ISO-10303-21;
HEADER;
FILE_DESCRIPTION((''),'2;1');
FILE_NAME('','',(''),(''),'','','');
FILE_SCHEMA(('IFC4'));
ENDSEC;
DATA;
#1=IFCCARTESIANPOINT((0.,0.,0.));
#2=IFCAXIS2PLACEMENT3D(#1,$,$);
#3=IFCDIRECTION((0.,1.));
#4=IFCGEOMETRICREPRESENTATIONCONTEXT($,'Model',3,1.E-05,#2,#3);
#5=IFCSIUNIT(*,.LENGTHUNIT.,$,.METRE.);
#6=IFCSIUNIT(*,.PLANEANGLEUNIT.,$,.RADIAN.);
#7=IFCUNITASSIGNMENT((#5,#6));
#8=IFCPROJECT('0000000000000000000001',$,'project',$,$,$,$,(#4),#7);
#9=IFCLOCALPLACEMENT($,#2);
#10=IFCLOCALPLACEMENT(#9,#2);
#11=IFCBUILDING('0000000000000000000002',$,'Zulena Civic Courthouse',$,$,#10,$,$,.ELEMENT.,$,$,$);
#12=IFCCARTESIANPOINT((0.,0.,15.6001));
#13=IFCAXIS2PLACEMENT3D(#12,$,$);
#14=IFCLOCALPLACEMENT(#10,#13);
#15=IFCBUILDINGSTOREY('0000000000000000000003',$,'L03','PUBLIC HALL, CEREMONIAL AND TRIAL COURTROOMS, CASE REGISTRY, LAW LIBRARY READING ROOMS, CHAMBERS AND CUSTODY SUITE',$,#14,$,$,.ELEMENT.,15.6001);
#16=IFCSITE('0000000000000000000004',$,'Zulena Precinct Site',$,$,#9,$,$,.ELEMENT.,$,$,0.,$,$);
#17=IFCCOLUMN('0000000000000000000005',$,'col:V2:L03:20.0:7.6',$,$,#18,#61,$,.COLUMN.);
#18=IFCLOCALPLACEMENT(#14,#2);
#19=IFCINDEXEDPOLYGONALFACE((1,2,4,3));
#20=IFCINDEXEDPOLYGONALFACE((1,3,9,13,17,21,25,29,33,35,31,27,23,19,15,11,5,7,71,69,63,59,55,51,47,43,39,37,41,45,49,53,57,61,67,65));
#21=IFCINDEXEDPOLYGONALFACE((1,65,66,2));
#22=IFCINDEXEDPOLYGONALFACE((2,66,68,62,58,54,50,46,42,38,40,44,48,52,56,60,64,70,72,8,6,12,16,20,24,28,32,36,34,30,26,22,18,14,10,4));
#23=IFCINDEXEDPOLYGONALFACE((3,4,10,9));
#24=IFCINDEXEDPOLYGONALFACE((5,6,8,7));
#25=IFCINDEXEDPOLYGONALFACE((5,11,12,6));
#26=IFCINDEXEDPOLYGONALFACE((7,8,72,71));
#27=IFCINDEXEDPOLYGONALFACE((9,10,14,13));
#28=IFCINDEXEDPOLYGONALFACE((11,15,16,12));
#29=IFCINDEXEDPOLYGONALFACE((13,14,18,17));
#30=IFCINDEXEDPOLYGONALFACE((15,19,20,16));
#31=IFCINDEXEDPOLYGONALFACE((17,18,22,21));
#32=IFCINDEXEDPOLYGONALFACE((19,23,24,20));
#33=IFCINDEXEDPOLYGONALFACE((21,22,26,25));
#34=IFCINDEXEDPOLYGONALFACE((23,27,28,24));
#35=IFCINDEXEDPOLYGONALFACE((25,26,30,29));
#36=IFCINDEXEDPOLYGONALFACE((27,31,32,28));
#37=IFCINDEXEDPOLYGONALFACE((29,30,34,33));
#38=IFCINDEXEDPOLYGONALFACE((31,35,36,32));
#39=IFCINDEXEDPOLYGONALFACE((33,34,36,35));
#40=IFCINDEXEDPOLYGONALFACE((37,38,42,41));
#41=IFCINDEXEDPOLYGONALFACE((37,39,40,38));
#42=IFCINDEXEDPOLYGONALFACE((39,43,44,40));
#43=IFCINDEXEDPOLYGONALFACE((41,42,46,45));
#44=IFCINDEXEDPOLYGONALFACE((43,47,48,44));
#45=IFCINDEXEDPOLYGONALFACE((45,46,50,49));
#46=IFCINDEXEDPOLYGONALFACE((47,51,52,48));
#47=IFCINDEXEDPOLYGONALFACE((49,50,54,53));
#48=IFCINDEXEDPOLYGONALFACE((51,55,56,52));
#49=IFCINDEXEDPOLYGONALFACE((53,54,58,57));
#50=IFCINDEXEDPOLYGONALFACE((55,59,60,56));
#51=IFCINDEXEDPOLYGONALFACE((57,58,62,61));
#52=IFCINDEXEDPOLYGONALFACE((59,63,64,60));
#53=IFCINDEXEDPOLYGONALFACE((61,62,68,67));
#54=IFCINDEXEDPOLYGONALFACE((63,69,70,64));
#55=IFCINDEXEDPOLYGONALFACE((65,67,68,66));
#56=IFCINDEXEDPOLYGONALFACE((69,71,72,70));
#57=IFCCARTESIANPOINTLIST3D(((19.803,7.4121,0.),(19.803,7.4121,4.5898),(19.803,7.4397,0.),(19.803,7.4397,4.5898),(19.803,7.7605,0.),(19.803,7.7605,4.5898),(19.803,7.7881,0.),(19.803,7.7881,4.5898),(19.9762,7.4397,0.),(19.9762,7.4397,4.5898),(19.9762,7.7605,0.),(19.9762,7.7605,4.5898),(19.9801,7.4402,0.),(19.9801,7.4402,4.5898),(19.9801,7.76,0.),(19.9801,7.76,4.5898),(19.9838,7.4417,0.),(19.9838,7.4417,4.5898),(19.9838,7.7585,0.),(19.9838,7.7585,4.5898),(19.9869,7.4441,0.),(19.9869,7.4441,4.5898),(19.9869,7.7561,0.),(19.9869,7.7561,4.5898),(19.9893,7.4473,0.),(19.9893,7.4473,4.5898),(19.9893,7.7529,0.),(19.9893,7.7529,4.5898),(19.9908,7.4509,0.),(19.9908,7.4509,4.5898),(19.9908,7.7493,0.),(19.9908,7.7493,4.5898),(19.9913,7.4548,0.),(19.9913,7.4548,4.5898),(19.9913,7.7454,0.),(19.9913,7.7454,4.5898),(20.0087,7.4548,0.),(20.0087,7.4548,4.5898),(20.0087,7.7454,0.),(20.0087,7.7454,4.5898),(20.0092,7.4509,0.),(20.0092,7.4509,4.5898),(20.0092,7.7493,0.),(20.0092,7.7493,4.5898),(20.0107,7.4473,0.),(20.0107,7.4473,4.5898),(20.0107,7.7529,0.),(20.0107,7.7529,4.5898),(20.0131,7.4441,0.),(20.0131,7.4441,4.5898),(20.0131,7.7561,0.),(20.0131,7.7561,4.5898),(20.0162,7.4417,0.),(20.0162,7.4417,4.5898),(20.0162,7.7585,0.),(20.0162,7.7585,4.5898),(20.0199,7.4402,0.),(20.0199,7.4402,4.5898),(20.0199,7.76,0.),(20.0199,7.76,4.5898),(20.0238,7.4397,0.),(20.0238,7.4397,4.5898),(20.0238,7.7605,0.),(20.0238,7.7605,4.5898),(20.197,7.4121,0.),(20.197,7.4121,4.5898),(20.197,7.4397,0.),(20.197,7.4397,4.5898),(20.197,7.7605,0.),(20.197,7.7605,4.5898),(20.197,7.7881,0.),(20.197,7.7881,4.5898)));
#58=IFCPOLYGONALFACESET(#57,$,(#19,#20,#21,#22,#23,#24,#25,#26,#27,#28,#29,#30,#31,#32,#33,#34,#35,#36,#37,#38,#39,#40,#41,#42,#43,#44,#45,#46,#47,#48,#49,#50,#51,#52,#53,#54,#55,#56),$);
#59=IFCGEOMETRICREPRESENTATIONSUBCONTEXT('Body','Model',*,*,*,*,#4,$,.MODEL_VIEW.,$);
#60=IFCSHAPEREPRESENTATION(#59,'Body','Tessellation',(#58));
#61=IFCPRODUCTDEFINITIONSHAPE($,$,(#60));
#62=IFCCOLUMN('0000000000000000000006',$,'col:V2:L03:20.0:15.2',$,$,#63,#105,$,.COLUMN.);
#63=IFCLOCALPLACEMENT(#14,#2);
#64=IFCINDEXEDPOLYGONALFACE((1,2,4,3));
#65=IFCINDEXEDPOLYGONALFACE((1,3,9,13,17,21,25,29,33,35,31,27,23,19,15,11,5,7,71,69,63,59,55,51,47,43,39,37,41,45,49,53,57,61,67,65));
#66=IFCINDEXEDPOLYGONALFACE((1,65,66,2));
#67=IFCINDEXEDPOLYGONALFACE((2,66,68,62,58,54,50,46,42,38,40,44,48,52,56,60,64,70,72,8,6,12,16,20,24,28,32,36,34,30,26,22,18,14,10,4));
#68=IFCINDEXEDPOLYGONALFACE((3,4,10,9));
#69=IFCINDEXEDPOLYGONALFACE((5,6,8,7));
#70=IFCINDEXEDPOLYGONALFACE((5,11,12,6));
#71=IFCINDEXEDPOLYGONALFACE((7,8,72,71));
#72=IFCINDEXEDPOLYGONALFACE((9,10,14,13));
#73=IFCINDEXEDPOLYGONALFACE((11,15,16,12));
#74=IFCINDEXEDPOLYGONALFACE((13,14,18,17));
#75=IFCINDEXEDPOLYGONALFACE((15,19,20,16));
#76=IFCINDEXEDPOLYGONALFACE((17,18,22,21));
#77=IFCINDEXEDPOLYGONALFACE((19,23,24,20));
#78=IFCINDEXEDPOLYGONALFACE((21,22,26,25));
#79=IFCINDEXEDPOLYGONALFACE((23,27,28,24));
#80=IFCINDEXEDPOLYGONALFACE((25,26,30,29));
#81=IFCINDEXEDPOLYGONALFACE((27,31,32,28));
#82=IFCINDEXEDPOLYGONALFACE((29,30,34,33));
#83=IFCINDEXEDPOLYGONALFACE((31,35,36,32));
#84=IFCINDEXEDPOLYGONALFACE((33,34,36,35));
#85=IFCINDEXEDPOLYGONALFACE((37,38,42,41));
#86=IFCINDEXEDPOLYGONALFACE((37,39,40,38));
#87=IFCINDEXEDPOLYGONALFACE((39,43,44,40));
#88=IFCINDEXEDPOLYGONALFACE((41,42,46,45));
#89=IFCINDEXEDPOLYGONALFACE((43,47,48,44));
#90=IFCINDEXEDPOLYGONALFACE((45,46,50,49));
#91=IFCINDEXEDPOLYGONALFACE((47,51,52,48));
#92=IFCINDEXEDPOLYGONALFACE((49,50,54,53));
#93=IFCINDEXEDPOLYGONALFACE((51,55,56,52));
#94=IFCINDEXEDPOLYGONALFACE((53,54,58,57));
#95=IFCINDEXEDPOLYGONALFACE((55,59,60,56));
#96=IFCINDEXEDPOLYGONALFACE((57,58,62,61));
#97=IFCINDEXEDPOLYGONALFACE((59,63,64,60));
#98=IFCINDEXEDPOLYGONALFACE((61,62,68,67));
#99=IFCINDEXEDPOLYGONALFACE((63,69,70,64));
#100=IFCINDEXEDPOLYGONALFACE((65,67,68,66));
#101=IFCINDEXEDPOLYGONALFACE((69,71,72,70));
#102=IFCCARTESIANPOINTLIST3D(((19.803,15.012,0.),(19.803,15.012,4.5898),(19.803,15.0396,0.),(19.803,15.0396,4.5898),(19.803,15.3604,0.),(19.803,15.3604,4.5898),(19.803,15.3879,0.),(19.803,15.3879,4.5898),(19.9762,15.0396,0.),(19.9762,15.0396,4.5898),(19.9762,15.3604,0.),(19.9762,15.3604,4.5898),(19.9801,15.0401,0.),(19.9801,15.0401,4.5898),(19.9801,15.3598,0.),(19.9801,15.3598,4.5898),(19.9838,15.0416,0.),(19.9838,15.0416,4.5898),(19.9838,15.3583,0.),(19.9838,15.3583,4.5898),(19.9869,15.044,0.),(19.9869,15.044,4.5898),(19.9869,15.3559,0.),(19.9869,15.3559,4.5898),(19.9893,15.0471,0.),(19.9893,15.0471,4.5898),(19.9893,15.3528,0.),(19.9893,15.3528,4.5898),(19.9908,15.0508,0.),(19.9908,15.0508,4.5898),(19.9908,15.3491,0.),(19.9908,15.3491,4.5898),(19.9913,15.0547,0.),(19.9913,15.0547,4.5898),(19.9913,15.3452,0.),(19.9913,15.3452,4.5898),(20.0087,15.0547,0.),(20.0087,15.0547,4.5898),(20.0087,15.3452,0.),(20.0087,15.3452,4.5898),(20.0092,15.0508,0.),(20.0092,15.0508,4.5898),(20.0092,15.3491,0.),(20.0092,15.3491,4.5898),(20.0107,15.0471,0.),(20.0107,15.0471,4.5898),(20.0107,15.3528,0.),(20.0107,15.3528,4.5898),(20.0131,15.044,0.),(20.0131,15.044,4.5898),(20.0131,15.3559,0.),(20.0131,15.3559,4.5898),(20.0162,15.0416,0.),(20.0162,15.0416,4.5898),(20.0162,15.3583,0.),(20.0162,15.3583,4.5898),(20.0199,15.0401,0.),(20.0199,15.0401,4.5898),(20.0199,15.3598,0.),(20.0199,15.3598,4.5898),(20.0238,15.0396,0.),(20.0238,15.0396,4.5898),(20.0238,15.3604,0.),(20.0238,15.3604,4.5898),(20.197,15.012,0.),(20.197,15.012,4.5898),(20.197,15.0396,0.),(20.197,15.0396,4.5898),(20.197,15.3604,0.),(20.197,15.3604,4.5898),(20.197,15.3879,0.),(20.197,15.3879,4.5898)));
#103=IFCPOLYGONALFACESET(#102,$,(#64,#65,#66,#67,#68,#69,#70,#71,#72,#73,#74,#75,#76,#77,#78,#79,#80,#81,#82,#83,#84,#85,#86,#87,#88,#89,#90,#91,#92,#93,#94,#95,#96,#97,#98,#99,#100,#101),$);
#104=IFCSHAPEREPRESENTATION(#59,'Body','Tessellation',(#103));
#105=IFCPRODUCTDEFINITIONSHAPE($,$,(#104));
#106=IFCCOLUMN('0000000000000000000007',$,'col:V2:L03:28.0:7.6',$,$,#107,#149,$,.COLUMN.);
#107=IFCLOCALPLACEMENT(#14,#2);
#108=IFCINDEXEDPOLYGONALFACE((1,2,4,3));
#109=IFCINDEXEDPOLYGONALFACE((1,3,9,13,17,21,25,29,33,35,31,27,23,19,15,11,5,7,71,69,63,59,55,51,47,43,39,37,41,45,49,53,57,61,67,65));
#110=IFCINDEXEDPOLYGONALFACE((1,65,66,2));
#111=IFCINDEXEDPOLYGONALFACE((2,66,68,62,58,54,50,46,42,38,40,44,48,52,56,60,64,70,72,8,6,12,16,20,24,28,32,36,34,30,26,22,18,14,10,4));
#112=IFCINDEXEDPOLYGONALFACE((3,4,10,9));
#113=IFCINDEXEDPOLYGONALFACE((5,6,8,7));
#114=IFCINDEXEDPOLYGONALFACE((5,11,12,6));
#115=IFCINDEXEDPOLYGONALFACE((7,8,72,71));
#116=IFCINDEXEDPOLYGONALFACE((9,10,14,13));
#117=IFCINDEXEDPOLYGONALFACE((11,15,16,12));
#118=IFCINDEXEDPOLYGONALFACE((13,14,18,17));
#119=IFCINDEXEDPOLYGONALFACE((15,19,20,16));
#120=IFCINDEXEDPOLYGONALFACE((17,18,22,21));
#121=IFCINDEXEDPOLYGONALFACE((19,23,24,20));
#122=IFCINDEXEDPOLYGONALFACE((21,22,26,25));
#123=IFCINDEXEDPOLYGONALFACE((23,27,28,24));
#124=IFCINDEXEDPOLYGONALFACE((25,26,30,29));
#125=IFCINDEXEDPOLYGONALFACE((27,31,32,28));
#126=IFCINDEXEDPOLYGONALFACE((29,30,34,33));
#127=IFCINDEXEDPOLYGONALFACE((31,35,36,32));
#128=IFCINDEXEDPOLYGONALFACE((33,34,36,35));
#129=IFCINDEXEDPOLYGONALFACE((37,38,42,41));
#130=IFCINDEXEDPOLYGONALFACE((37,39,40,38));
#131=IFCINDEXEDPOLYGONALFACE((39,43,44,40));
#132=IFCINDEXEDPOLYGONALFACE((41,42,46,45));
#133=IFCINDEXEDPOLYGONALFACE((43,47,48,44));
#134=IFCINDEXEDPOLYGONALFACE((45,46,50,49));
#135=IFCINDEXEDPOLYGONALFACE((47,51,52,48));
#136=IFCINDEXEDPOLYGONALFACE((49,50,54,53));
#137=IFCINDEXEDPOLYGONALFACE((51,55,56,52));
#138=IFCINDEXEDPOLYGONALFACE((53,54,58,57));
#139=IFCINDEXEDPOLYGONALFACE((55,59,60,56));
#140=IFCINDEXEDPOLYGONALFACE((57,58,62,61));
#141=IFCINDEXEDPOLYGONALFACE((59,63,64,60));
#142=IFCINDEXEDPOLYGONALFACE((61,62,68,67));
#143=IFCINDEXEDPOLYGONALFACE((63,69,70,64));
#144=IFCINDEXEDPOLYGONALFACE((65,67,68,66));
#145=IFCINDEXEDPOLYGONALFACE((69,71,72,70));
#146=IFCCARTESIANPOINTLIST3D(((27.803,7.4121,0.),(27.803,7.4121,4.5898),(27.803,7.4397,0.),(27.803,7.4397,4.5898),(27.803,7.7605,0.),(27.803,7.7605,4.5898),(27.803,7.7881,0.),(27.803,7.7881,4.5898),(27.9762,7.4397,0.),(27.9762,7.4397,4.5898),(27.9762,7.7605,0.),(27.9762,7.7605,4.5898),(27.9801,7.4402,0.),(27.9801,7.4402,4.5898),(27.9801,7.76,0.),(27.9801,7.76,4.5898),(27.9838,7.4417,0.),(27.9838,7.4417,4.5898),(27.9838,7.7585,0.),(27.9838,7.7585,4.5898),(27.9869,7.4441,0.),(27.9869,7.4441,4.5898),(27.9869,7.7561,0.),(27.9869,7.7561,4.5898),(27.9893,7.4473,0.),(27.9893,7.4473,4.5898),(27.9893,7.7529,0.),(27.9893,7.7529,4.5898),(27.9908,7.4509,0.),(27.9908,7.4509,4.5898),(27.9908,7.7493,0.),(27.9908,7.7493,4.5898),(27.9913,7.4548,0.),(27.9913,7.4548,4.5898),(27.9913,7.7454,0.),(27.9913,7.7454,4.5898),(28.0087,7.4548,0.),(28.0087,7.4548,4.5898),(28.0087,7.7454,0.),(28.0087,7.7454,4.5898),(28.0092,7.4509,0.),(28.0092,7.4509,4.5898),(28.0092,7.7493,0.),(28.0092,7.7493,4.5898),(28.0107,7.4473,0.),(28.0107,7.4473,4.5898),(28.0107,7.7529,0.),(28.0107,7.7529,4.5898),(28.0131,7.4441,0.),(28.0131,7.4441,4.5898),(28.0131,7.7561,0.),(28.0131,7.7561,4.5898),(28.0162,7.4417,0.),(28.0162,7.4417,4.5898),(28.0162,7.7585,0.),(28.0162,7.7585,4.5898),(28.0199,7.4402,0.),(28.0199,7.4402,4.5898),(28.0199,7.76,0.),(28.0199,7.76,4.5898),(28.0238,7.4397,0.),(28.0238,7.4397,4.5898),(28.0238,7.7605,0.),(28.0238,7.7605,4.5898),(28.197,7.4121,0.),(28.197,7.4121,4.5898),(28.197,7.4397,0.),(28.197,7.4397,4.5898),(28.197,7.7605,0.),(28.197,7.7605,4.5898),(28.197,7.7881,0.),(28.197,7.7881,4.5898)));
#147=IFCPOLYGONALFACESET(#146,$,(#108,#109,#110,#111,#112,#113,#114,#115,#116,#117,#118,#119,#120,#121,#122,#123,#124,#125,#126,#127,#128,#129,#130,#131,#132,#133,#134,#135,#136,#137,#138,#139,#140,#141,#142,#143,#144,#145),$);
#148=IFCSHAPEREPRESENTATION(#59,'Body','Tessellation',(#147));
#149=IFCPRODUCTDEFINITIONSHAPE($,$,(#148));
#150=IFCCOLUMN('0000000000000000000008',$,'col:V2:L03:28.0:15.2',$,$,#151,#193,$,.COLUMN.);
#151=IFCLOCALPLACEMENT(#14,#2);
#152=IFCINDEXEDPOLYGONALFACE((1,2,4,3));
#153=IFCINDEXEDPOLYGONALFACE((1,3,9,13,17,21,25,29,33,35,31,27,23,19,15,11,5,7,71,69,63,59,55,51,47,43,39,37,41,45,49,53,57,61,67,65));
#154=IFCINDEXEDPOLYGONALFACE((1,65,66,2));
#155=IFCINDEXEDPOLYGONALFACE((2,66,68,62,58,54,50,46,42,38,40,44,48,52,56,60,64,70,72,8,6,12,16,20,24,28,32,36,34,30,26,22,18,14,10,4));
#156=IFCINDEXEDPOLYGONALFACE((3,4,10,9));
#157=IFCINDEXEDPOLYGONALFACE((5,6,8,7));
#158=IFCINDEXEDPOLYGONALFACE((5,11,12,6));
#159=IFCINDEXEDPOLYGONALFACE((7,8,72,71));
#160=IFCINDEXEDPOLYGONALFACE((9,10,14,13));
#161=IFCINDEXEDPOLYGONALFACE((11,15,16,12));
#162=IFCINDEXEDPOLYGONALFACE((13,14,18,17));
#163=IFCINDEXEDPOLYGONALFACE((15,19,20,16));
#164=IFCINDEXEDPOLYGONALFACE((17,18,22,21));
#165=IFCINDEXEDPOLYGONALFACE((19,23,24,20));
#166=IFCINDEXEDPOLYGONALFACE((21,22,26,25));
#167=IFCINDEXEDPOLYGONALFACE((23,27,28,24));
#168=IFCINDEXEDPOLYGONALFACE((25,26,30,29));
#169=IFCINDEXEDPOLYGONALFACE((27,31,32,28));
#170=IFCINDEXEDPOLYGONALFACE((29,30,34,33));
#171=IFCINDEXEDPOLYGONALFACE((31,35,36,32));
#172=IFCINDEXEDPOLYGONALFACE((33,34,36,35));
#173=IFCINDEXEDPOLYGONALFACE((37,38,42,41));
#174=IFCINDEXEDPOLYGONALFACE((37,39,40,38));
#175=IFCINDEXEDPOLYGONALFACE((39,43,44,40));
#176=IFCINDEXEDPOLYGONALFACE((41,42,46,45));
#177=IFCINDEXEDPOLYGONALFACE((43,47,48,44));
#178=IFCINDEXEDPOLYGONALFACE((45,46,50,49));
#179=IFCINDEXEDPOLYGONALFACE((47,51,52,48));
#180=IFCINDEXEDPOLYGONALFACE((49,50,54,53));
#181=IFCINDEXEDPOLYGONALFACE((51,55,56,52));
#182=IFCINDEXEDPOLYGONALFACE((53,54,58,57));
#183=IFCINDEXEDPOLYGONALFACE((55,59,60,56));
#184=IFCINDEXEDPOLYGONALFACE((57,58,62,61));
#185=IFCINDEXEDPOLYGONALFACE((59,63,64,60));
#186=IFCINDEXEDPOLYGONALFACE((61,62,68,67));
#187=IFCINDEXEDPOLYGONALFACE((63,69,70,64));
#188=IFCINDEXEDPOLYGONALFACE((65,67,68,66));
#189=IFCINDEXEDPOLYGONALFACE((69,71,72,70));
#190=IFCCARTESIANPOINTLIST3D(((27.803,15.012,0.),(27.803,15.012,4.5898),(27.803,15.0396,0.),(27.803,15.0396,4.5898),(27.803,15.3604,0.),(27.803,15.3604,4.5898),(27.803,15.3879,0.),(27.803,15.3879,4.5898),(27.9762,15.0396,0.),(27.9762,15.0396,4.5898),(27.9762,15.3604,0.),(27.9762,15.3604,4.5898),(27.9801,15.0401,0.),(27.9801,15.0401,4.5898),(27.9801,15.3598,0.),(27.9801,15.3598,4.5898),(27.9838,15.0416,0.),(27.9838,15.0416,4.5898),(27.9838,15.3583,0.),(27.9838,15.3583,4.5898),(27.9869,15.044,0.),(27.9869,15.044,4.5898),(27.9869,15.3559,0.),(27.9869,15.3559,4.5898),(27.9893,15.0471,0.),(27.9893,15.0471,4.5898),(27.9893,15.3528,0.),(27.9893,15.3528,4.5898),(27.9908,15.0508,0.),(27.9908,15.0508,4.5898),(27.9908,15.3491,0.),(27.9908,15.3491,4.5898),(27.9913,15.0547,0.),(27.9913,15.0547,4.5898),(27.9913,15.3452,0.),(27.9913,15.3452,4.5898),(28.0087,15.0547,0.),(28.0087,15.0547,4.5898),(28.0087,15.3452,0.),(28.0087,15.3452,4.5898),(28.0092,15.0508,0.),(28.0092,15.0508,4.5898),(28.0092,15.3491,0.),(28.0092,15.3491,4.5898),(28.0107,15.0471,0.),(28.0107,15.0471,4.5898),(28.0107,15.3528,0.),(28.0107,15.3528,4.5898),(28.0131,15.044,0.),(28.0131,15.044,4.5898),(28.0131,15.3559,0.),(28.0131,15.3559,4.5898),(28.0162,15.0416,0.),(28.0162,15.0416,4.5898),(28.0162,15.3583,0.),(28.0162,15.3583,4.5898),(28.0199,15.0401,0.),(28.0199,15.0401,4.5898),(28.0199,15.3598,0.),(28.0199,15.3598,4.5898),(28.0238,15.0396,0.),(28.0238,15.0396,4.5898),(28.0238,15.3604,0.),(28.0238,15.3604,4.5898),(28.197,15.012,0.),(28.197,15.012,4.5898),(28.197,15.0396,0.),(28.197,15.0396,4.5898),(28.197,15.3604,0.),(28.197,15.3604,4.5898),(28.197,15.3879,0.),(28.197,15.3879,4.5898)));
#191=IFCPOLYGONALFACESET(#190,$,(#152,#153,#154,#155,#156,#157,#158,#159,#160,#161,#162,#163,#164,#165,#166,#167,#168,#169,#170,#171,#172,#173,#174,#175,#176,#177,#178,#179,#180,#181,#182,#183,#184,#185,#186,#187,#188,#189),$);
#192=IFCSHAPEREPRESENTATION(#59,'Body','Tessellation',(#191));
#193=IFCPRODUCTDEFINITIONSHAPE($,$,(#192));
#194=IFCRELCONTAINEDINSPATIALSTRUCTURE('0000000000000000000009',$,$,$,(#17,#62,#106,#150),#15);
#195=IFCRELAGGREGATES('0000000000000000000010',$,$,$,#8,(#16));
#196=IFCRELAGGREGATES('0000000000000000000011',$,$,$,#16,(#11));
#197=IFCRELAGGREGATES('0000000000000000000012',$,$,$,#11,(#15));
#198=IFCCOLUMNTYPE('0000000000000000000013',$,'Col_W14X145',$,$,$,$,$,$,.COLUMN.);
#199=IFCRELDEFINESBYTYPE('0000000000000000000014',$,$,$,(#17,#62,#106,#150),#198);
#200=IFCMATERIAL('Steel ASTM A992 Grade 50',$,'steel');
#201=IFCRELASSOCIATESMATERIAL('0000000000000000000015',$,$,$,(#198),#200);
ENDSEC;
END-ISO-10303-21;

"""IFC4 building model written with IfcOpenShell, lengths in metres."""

from ifc_helpers import new_model, si_unit, direction, frame, origin, origin_2d, place, context, subcontext, project, spatial, i_section, extrude, material, material_profile, profile_set, type_object, element, save


model = new_model("IFC4")

# Units and contexts
model_context = context("Model", 3, precision=1e-05, world=origin(), true_north=direction((0.0, 1.0)))
body_context = subcontext(model_context, "Body", "Model", "MODEL_VIEW")
ifc_project = project(units=[si_unit("LENGTHUNIT", "METRE"), si_unit("PLANEANGLEUNIT", "RADIAN")], contexts=[model_context])

# Site, building, storey
site_placement = place(None, origin())
site = spatial("IfcSite", under=ifc_project, at=site_placement, Name="Zulena Precinct Site", CompositionType="ELEMENT", RefElevation=0.0)
building_placement = place(site_placement, origin())
building = spatial("IfcBuilding", under=site, at=building_placement, Name="Zulena Civic Courthouse", CompositionType="ELEMENT")
storey_placement = place(building_placement, frame((0.0, 0.0, 15.6001)))
storey = spatial("IfcBuildingStorey", under=building, at=storey_placement, Name="L03", Description="PUBLIC HALL, CEREMONIAL AND TRIAL COURTROOMS, CASE REGISTRY, LAW LIBRARY READING ROOMS, CHAMBERS AND CUSTODY SUITE", CompositionType="ELEMENT", Elevation=15.6001)

# Columns
ifc_material_1 = material(Name="Steel ASTM A992 Grade 50", Category="steel")
ifc_material_profile_1 = material_profile(ifc_material_1, i_section(OverallWidth=0.394, OverallDepth=0.376, WebThickness=0.0173, FlangeThickness=0.0276, FilletRadius=0.0151, at=origin_2d()), Name="W14X145")
ifc_profile_set_1 = profile_set([ifc_material_profile_1], Name="Steel ASTM A992 Grade 50")
column_type_1 = type_object("IfcColumnType", Name="Col_W14X145", PredefinedType="COLUMN", material=ifc_profile_set_1)
for number, where, z_axis, x_axis, name in (
    (1, (20.0, 7.6001, 0.0), (0.0, 0.0, 1.0), (1.0, 0.0, 0.0), "col:V2:L03:20.0:7.6"),
    (2, (20.0, 15.2, 0.0), (0.0, 0.0, 1.0), (1.0, 0.0, 0.0), "col:V2:L03:20.0:15.2"),
    (3, (28.0, 7.6001, 0.0), (0.0, 0.0, 1.0), (1.0, 0.0, 0.0), "col:V2:L03:28.0:7.6"),
    (4, (28.0, 15.2, 0.0), (0.0, 0.0, 1.0), (1.0, 0.0, 0.0), "col:V2:L03:28.0:15.2"),
):
    element("IfcColumn", number, at=place(storey_placement, frame(where, z_axis=z_axis, x_axis=x_axis)), inside=storey, type_object=column_type_1, Name=name, PredefinedType="COLUMN", context=body_context, shape_type="SweptSolid", body=[
        extrude(i_section(OverallWidth=0.394, OverallDepth=0.376, WebThickness=0.0173, FlangeThickness=0.0276, FilletRadius=0.0151, at=origin_2d()), origin(), (0.0, 0.0, 1.0), 4.5898),
    ])

save(model, "model.ifc")
